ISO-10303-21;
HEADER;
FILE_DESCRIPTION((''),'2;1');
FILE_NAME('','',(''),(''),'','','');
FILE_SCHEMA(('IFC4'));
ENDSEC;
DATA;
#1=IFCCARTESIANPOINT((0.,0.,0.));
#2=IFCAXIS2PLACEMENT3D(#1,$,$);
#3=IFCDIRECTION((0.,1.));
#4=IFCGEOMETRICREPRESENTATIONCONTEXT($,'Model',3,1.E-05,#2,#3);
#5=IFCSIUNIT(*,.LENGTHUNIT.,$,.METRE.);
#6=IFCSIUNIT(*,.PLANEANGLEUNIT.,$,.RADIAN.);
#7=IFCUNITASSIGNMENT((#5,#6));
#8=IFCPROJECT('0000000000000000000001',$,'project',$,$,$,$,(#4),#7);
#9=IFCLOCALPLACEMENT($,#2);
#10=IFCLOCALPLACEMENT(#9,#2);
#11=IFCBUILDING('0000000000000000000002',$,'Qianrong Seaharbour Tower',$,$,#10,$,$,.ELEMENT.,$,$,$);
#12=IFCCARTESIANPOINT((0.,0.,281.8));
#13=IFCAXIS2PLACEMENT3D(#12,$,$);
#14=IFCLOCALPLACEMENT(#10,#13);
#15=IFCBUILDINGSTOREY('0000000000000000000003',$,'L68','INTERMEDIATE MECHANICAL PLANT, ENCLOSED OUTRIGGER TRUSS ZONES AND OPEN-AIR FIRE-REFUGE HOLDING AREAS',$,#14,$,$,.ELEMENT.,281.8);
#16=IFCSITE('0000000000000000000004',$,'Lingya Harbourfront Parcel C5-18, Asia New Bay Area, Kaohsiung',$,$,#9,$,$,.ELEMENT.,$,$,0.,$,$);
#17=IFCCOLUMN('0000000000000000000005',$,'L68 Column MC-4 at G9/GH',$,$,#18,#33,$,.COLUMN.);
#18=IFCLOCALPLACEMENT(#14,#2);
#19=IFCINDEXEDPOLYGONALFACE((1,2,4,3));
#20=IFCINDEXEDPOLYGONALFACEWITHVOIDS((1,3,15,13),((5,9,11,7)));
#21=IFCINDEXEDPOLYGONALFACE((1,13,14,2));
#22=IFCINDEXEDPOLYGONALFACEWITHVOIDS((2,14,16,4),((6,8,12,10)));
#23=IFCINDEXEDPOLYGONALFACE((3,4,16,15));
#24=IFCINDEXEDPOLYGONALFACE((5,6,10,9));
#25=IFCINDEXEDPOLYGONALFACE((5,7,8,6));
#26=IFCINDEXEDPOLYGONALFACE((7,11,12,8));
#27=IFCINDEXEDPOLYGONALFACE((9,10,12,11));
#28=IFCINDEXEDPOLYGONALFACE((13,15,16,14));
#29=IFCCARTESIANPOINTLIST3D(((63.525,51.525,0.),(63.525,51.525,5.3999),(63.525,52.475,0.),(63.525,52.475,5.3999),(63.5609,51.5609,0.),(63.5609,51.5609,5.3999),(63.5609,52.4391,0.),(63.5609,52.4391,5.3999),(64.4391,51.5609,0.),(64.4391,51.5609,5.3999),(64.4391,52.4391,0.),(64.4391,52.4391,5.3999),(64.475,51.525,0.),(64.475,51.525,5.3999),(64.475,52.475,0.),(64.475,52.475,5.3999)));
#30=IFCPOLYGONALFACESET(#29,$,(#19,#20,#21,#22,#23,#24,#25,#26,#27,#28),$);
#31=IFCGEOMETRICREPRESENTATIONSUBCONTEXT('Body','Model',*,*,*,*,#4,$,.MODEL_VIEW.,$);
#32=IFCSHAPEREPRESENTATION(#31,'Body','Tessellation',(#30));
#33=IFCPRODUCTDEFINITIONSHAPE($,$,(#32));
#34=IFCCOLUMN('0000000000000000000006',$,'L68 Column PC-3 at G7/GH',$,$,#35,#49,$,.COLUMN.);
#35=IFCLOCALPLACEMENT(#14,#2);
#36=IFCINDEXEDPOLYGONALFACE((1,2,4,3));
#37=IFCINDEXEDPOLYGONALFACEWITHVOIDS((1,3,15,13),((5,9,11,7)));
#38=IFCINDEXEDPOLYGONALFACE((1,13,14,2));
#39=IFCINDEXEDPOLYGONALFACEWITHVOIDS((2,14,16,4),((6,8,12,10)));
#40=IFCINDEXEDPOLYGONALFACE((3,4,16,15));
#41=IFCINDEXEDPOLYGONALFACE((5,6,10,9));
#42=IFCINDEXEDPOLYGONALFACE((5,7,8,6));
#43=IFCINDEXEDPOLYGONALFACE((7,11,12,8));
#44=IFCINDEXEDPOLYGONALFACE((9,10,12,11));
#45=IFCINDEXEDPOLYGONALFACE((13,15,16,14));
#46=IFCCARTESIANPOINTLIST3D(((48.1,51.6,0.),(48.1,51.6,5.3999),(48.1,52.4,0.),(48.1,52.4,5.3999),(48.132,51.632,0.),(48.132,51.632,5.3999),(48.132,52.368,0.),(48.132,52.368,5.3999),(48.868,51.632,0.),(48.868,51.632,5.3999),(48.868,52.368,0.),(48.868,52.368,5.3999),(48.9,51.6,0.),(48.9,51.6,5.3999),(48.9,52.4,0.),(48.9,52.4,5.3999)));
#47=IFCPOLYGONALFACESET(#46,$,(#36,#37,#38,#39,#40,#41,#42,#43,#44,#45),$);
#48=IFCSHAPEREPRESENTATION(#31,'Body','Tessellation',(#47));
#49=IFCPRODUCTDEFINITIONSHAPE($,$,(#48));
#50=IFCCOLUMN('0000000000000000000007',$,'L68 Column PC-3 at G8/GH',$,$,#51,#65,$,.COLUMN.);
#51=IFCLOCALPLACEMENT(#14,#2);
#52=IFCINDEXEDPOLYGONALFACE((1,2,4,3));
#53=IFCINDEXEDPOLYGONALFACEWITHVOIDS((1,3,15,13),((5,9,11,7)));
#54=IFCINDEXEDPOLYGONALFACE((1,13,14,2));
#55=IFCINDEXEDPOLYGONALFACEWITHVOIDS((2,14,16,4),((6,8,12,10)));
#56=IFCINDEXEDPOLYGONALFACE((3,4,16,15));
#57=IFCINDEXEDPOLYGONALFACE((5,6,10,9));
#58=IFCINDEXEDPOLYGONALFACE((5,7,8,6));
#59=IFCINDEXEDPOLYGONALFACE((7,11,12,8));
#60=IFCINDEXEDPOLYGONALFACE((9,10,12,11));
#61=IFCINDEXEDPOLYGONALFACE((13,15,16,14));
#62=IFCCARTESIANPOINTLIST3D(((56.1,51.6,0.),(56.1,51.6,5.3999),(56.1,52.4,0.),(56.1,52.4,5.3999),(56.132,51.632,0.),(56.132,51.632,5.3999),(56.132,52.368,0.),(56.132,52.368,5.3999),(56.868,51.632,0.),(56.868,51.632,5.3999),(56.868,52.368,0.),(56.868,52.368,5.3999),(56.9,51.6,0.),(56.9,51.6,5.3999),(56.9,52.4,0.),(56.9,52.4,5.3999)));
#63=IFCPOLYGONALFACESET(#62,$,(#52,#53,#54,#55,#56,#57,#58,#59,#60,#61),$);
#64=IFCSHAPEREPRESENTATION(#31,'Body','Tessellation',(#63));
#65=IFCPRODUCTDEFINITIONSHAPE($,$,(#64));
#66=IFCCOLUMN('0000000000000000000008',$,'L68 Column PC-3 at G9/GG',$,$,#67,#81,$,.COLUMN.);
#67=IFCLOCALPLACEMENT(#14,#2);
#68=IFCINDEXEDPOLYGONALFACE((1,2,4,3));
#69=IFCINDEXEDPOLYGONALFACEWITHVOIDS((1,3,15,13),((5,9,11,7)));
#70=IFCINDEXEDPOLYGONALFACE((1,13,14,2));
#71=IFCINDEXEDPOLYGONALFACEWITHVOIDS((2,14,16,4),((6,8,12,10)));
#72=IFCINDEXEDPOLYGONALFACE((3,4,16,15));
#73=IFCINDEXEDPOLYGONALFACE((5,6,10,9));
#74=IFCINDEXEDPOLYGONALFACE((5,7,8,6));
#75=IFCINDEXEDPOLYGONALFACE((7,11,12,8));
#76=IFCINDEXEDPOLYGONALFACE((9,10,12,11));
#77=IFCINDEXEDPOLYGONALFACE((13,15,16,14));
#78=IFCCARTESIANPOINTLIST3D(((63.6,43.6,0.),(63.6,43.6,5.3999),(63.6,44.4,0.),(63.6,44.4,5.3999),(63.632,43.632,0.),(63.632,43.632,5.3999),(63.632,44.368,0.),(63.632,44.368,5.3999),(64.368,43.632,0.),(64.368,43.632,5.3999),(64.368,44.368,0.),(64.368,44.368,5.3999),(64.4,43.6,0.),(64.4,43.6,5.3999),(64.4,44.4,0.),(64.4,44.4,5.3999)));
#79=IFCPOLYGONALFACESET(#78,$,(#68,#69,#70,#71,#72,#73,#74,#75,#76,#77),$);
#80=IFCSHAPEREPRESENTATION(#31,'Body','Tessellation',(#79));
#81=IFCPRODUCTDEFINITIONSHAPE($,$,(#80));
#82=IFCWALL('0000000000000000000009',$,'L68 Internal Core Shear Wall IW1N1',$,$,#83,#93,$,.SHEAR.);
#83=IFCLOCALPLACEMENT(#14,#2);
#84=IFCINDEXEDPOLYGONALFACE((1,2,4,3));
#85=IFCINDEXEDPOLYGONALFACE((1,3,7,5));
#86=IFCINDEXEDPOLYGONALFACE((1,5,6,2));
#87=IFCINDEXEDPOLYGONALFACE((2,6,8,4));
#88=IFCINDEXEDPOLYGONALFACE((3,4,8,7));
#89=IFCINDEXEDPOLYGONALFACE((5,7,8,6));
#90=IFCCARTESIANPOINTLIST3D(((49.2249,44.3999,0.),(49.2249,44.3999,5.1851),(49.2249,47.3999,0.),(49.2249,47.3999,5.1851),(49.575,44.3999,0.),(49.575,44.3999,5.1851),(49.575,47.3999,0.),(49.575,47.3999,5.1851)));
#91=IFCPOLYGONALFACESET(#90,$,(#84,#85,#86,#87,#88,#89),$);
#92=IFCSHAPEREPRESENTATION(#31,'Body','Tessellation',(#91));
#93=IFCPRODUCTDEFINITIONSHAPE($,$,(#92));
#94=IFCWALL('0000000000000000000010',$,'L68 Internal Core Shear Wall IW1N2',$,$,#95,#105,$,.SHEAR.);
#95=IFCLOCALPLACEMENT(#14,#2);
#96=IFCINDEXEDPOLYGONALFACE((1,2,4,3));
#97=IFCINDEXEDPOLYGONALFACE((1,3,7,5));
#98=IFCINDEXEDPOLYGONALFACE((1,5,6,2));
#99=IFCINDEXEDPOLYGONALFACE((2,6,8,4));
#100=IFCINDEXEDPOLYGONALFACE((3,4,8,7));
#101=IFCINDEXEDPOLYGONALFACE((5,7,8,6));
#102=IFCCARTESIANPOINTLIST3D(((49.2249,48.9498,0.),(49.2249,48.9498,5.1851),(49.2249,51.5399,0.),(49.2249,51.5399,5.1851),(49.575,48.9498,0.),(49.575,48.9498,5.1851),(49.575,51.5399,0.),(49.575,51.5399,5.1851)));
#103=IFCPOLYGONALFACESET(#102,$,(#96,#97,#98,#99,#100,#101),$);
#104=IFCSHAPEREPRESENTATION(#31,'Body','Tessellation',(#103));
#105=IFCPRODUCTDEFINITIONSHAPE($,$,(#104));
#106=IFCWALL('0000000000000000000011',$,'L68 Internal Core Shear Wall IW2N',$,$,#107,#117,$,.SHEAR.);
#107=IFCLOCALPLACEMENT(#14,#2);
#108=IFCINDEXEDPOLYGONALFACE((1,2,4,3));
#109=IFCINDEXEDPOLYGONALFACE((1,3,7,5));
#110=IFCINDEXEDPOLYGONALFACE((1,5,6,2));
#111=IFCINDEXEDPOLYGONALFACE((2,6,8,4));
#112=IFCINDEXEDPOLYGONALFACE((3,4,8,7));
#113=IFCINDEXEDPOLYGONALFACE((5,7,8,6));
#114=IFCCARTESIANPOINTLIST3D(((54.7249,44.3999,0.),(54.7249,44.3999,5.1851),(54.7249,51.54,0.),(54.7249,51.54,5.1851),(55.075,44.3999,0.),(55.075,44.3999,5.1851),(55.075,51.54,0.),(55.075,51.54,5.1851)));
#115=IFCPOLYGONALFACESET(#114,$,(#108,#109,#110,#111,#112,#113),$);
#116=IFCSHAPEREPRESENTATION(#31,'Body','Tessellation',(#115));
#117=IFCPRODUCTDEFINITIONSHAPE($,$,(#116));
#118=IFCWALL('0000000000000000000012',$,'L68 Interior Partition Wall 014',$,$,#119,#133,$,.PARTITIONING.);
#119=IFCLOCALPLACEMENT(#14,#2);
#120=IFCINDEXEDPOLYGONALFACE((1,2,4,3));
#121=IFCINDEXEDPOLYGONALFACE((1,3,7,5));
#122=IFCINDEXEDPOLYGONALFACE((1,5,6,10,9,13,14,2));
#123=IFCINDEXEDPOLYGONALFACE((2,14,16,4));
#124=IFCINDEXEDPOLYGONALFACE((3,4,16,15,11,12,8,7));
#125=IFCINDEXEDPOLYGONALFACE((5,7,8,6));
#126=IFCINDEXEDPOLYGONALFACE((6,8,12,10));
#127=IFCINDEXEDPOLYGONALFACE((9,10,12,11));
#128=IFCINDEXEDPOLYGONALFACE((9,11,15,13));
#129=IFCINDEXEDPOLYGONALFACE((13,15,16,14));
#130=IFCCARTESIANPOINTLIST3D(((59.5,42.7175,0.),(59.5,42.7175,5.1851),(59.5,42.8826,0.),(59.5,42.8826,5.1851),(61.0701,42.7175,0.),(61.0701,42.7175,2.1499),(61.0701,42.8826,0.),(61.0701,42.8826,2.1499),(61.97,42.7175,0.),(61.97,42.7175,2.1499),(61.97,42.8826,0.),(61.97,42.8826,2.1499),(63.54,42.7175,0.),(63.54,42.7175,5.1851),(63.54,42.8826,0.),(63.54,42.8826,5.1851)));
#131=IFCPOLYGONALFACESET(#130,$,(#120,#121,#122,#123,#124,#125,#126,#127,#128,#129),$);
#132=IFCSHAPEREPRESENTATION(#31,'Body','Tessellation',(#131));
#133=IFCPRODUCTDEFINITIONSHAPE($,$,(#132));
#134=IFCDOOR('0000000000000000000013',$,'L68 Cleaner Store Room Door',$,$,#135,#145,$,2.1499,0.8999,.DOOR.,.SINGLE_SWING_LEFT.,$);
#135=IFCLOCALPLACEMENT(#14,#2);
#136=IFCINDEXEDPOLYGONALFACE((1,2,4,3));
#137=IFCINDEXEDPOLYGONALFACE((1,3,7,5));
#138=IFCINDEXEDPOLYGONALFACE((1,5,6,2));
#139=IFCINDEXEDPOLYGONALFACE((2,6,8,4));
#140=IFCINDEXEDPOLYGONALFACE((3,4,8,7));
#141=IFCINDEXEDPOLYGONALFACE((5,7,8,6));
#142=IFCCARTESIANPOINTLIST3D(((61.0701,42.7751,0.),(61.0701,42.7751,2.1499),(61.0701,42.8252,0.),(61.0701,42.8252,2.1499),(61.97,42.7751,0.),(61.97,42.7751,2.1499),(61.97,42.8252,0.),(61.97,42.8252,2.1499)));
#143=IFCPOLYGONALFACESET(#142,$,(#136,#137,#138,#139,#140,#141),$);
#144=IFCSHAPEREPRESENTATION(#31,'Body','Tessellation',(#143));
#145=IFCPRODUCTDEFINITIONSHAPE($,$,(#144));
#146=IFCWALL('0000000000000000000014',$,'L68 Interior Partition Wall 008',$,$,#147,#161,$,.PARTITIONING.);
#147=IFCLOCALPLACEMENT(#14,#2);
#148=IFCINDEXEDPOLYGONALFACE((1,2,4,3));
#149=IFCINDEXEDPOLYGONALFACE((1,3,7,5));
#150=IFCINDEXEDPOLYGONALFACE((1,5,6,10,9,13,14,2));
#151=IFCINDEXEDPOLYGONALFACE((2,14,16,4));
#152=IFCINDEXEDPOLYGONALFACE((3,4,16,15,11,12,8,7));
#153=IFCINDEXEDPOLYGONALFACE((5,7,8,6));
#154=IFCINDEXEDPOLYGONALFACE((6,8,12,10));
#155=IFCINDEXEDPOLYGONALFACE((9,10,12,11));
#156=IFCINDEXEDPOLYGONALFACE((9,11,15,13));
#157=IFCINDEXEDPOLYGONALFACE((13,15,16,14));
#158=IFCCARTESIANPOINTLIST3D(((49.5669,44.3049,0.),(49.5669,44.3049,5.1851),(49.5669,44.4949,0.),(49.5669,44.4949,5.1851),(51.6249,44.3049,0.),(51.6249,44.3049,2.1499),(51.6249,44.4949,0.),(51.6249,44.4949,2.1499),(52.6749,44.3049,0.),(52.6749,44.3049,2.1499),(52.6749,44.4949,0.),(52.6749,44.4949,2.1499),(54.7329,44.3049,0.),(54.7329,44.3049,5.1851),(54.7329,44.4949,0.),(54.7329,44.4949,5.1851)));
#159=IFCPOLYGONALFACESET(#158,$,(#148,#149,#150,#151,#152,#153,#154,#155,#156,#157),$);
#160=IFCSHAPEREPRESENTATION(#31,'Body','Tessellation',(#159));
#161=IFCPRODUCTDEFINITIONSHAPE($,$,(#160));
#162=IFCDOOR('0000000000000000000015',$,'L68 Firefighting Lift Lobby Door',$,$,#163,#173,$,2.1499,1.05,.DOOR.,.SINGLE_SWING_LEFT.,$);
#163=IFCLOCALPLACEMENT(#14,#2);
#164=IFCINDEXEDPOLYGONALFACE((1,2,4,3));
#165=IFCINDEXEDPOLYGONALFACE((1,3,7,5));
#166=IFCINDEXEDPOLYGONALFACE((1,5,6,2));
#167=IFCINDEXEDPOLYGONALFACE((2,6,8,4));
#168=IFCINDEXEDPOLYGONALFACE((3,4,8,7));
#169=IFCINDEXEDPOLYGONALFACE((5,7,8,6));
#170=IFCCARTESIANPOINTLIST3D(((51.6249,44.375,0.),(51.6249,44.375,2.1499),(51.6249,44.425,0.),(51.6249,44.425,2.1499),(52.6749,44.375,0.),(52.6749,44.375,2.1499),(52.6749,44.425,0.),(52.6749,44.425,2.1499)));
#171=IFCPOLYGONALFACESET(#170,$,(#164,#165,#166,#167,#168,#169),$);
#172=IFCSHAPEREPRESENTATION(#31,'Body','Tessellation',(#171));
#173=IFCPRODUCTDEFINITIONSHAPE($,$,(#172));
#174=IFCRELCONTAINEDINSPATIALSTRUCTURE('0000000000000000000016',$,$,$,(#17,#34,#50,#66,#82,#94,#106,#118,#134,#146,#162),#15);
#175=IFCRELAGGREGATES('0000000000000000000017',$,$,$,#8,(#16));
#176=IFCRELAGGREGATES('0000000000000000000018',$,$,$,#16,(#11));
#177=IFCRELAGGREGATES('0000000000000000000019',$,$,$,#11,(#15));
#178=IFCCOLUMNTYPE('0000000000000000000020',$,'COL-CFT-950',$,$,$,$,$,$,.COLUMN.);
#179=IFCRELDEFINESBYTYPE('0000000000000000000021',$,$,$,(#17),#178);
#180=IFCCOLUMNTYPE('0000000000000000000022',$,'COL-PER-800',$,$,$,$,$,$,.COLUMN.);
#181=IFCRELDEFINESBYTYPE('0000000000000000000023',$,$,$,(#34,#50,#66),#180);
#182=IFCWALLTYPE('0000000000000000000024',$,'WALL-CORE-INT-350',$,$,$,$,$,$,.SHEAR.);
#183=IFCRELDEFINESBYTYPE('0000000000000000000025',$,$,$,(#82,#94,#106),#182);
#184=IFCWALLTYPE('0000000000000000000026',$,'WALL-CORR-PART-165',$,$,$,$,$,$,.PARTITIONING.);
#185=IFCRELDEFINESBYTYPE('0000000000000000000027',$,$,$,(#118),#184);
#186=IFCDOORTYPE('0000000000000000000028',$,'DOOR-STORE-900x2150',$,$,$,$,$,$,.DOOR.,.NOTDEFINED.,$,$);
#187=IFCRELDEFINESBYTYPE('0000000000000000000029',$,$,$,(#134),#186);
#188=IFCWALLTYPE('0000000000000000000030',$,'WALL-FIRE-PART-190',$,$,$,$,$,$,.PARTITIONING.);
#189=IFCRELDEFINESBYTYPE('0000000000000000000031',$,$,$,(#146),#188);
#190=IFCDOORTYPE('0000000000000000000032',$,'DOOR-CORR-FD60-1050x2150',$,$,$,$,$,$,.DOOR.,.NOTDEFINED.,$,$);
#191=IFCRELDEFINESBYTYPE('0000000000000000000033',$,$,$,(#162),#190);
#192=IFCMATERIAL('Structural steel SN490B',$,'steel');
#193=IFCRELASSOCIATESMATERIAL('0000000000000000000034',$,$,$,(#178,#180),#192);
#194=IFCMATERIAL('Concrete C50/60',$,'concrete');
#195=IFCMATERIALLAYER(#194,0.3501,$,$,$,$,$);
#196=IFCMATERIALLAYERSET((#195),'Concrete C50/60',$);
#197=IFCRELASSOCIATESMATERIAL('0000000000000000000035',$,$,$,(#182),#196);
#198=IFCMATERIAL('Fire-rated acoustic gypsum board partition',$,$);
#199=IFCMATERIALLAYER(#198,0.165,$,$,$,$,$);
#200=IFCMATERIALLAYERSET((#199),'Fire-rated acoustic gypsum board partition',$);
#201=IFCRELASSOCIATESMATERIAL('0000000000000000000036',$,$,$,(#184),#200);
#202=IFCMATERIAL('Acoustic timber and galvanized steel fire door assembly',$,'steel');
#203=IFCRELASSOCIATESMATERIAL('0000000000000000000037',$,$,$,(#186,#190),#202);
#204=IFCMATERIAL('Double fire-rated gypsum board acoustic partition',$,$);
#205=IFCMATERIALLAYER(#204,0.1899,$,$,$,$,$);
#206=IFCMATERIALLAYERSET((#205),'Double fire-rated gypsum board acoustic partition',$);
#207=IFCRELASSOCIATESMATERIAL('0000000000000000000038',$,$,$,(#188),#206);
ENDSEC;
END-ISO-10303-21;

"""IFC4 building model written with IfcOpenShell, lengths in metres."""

from ifc_helpers import new_model, si_unit, direction, frame, frame_2d, origin, origin_2d, place, context, subcontext, project, spatial, rectangle, hollow_rectangle, extrude, material, layer, layer_set, material_profile, profile_set, type_object, element, fill, save


model = new_model("IFC4")

# Units and contexts
model_context = context("Model", 3, precision=1e-05, world=origin(), true_north=direction((0.0, 1.0)))
body_context = subcontext(model_context, "Body", "Model", "MODEL_VIEW")
ifc_project = project(units=[si_unit("LENGTHUNIT", "METRE"), si_unit("PLANEANGLEUNIT", "RADIAN")], contexts=[model_context])

# Site, building, storey
site_placement = place(None, origin())
site = spatial("IfcSite", under=ifc_project, at=site_placement, Name="Lingya Harbourfront Parcel C5-18, Asia New Bay Area, Kaohsiung", CompositionType="ELEMENT", RefElevation=0.0)
building_placement = place(site_placement, origin())
building = spatial("IfcBuilding", under=site, at=building_placement, Name="Qianrong Seaharbour Tower", CompositionType="ELEMENT")
storey_placement = place(building_placement, frame((0.0, 0.0, 281.8)))
storey = spatial("IfcBuildingStorey", under=building, at=storey_placement, Name="L68", Description="INTERMEDIATE MECHANICAL PLANT, ENCLOSED OUTRIGGER TRUSS ZONES AND OPEN-AIR FIRE-REFUGE HOLDING AREAS", CompositionType="ELEMENT", Elevation=281.8)

# Columns
ifc_material_1 = material(Name="Structural steel SN490B", Category="steel")
ifc_material_profile_1 = material_profile(ifc_material_1, hollow_rectangle(XDim=0.95, YDim=0.95, WallThickness=0.0359, at=origin_2d()), Name="BOX950x950x36")
ifc_profile_set_1 = profile_set([ifc_material_profile_1], Name="Structural steel SN490B")
column_type_1 = type_object("IfcColumnType", Name="COL-CFT-950", PredefinedType="COLUMN", material=ifc_profile_set_1)
column_placement = place(storey_placement, frame((64.0, 52.0, 0.0), z_axis=(0.0, 0.0, 1.0), x_axis=(1.0, 0.0, 0.0)))
element("IfcColumn", 1, at=column_placement, inside=storey, type_object=column_type_1, Name="L68 Column MC-4 at G9/GH", PredefinedType="COLUMN", context=body_context, shape_type="SweptSolid", body=[
    extrude(hollow_rectangle(XDim=0.95, YDim=0.95, WallThickness=0.0359, at=origin_2d()), origin(), (0.0, 0.0, 1.0), 5.3999),
])
ifc_material_profile_2 = material_profile(ifc_material_1, hollow_rectangle(XDim=0.8, YDim=0.8, WallThickness=0.032, at=origin_2d()), Name="BOX800x800x32")
ifc_profile_set_2 = profile_set([ifc_material_profile_2], Name="Structural steel SN490B")
column_type_2 = type_object("IfcColumnType", Name="COL-PER-800", PredefinedType="COLUMN", material=ifc_profile_set_2)
for number, where, z_axis, x_axis, name in (
    (2, (48.5, 52.0, 0.0), (0.0, 0.0, 1.0), (1.0, 0.0, 0.0), "L68 Column PC-3 at G7/GH"),
    (3, (56.5, 52.0, 0.0), (0.0, 0.0, 1.0), (1.0, 0.0, 0.0), "L68 Column PC-3 at G8/GH"),
    (4, (64.0, 44.0, 0.0), (0.0, 0.0, 1.0), (1.0, 0.0, 0.0), "L68 Column PC-3 at G9/GG"),
):
    element("IfcColumn", number, at=place(storey_placement, frame(where, z_axis=z_axis, x_axis=x_axis)), inside=storey, type_object=column_type_2, Name=name, PredefinedType="COLUMN", context=body_context, shape_type="SweptSolid", body=[
        extrude(hollow_rectangle(XDim=0.8, YDim=0.8, WallThickness=0.032, at=origin_2d()), origin(), (0.0, 0.0, 1.0), 5.3999),
    ])

# Walls
ifc_material_2 = material(Name="Concrete C50/60", Category="concrete")
ifc_layer_1 = layer(ifc_material_2, 0.3501)
ifc_layer_set_1 = layer_set([ifc_layer_1], Name="Concrete C50/60")
wall_type_1 = type_object("IfcWallType", Name="WALL-CORE-INT-350", PredefinedType="SHEAR", material=ifc_layer_set_1)
wall_1_placement = place(storey_placement, frame((49.3999, 44.3999, 0.0), z_axis=(0.0, 0.0, 1.0), x_axis=(0.0, 1.0, 0.0)))
element("IfcWall", 5, at=wall_1_placement, inside=storey, type_object=wall_type_1, Name="L68 Internal Core Shear Wall IW1N1", PredefinedType="SHEAR", context=body_context, shape_type="SweptSolid", body=[
    extrude(rectangle(XDim=3.0, YDim=0.3501, at=frame_2d((1.5, 0.0))), origin(), (0.0, 0.0, 1.0), 5.1851),
])
wall_2_placement = place(storey_placement, frame((49.3999, 48.95, 0.0), z_axis=(0.0, 0.0, 1.0), x_axis=(0.0, 1.0, 0.0)))
element("IfcWall", 6, at=wall_2_placement, inside=storey, type_object=wall_type_1, Name="L68 Internal Core Shear Wall IW1N2", PredefinedType="SHEAR", context=body_context, shape_type="SweptSolid", body=[
    extrude(rectangle(XDim=2.5901, YDim=0.3501, at=frame_2d((1.2949, 0.0))), origin(), (0.0, 0.0, 1.0), 5.1851),
])
wall_3_placement = place(storey_placement, frame((54.8999, 44.3999, 0.0), z_axis=(0.0, 0.0, 1.0), x_axis=(0.0, 1.0, 0.0)))
element("IfcWall", 7, at=wall_3_placement, inside=storey, type_object=wall_type_1, Name="L68 Internal Core Shear Wall IW2N", PredefinedType="SHEAR", context=body_context, shape_type="SweptSolid", body=[
    extrude(rectangle(XDim=7.1401, YDim=0.3501, at=frame_2d((3.5701, 0.0))), origin(), (0.0, 0.0, 1.0), 5.1851),
])

# Walls, openings, doors
ifc_material_3 = material(Name="Fire-rated acoustic gypsum board partition")
ifc_layer_2 = layer(ifc_material_3, 0.165)
ifc_layer_set_2 = layer_set([ifc_layer_2], Name="Fire-rated acoustic gypsum board partition")
wall_type_2 = type_object("IfcWallType", Name="WALL-CORR-PART-165", PredefinedType="PARTITIONING", material=ifc_layer_set_2)
wall_4_placement = place(storey_placement, frame((63.54, 42.8, 0.0), z_axis=(0.0, 0.0, 1.0), x_axis=(-1.0, 0.0, 0.0)))
wall_4 = element("IfcWall", 8, at=wall_4_placement, inside=storey, type_object=wall_type_2, Name="L68 Interior Partition Wall 014", PredefinedType="PARTITIONING", context=body_context, shape_type="SweptSolid", body=[
    extrude(rectangle(XDim=4.04, YDim=0.165, at=frame_2d((2.02, 0.0))), origin(), (0.0, 0.0, 1.0), 5.1851),
])
opening_1_placement = place(wall_4_placement, frame((1.5701, 0.0, 0.0)))
opening_1 = element("IfcOpeningElement", 9, at=opening_1_placement, cuts=wall_4, PredefinedType="OPENING", context=body_context, shape_type="SweptSolid", body=[
    extrude(rectangle(XDim=0.8999, YDim=2.1499, at=frame_2d((0.45, 1.075))), frame((0.0, 0.0925, 0.0), z_axis=(0.0, -1.0, 0.0), x_axis=(1.0, 0.0, 0.0)), (0.0, 0.0, 1.0), 0.1851),
])
ifc_material_4 = material(Name="Acoustic timber and galvanized steel fire door assembly", Category="steel")
door_type_1 = type_object("IfcDoorType", Name="DOOR-STORE-900x2150", OperationType="NOTDEFINED", PredefinedType="DOOR", material=ifc_material_4)
door_1_placement = place(opening_1_placement, origin())
door_1 = element("IfcDoor", 10, at=door_1_placement, inside=storey, type_object=door_type_1, Name="L68 Cleaner Store Room Door", OperationType="SINGLE_SWING_LEFT", OverallHeight=2.1499, OverallWidth=0.8999, PredefinedType="DOOR", context=body_context, shape_type="SweptSolid", body=[
    extrude(rectangle(XDim=0.8999, YDim=2.1499, at=frame_2d((0.45, 1.075))), frame((0.0, 0.0249, 0.0), z_axis=(0.0, -1.0, 0.0), x_axis=(1.0, 0.0, 0.0)), (0.0, 0.0, 1.0), 0.05),
])
fill(opening_1, door_1)
ifc_material_5 = material(Name="Double fire-rated gypsum board acoustic partition")
ifc_layer_3 = layer(ifc_material_5, 0.1899)
ifc_layer_set_3 = layer_set([ifc_layer_3], Name="Double fire-rated gypsum board acoustic partition")
wall_type_3 = type_object("IfcWallType", Name="WALL-FIRE-PART-190", PredefinedType="PARTITIONING", material=ifc_layer_set_3)
wall_5_placement = place(storey_placement, frame((54.7329, 44.3999, 0.0), z_axis=(0.0, 0.0, 1.0), x_axis=(-1.0, 0.0, 0.0)))
wall_5 = element("IfcWall", 11, at=wall_5_placement, inside=storey, type_object=wall_type_3, Name="L68 Interior Partition Wall 008", PredefinedType="PARTITIONING", context=body_context, shape_type="SweptSolid", body=[
    extrude(rectangle(XDim=5.166, YDim=0.1899, at=frame_2d((2.583, 0.0))), origin(), (0.0, 0.0, 1.0), 5.1851),
])
opening_2_placement = place(wall_5_placement, frame((2.0581, 0.0, 0.0)))
opening_2 = element("IfcOpeningElement", 12, at=opening_2_placement, cuts=wall_5, PredefinedType="OPENING", context=body_context, shape_type="SweptSolid", body=[
    extrude(rectangle(XDim=1.05, YDim=2.1499, at=frame_2d((0.5249, 1.075))), frame((0.0, 0.105, 0.0), z_axis=(0.0, -1.0, 0.0), x_axis=(1.0, 0.0, 0.0)), (0.0, 0.0, 1.0), 0.21),
])
door_type_2 = type_object("IfcDoorType", Name="DOOR-CORR-FD60-1050x2150", OperationType="NOTDEFINED", PredefinedType="DOOR", material=ifc_material_4)
door_2_placement = place(opening_2_placement, origin())
door_2 = element("IfcDoor", 13, at=door_2_placement, inside=storey, type_object=door_type_2, Name="L68 Firefighting Lift Lobby Door", OperationType="SINGLE_SWING_LEFT", OverallHeight=2.1499, OverallWidth=1.05, PredefinedType="DOOR", context=body_context, shape_type="SweptSolid", body=[
    extrude(rectangle(XDim=1.05, YDim=2.1499, at=frame_2d((0.5249, 1.075))), frame((0.0, 0.0249, 0.0), z_axis=(0.0, -1.0, 0.0), x_axis=(1.0, 0.0, 0.0)), (0.0, 0.0, 1.0), 0.05),
])
fill(opening_2, door_2)

save(model, "model.ifc")
